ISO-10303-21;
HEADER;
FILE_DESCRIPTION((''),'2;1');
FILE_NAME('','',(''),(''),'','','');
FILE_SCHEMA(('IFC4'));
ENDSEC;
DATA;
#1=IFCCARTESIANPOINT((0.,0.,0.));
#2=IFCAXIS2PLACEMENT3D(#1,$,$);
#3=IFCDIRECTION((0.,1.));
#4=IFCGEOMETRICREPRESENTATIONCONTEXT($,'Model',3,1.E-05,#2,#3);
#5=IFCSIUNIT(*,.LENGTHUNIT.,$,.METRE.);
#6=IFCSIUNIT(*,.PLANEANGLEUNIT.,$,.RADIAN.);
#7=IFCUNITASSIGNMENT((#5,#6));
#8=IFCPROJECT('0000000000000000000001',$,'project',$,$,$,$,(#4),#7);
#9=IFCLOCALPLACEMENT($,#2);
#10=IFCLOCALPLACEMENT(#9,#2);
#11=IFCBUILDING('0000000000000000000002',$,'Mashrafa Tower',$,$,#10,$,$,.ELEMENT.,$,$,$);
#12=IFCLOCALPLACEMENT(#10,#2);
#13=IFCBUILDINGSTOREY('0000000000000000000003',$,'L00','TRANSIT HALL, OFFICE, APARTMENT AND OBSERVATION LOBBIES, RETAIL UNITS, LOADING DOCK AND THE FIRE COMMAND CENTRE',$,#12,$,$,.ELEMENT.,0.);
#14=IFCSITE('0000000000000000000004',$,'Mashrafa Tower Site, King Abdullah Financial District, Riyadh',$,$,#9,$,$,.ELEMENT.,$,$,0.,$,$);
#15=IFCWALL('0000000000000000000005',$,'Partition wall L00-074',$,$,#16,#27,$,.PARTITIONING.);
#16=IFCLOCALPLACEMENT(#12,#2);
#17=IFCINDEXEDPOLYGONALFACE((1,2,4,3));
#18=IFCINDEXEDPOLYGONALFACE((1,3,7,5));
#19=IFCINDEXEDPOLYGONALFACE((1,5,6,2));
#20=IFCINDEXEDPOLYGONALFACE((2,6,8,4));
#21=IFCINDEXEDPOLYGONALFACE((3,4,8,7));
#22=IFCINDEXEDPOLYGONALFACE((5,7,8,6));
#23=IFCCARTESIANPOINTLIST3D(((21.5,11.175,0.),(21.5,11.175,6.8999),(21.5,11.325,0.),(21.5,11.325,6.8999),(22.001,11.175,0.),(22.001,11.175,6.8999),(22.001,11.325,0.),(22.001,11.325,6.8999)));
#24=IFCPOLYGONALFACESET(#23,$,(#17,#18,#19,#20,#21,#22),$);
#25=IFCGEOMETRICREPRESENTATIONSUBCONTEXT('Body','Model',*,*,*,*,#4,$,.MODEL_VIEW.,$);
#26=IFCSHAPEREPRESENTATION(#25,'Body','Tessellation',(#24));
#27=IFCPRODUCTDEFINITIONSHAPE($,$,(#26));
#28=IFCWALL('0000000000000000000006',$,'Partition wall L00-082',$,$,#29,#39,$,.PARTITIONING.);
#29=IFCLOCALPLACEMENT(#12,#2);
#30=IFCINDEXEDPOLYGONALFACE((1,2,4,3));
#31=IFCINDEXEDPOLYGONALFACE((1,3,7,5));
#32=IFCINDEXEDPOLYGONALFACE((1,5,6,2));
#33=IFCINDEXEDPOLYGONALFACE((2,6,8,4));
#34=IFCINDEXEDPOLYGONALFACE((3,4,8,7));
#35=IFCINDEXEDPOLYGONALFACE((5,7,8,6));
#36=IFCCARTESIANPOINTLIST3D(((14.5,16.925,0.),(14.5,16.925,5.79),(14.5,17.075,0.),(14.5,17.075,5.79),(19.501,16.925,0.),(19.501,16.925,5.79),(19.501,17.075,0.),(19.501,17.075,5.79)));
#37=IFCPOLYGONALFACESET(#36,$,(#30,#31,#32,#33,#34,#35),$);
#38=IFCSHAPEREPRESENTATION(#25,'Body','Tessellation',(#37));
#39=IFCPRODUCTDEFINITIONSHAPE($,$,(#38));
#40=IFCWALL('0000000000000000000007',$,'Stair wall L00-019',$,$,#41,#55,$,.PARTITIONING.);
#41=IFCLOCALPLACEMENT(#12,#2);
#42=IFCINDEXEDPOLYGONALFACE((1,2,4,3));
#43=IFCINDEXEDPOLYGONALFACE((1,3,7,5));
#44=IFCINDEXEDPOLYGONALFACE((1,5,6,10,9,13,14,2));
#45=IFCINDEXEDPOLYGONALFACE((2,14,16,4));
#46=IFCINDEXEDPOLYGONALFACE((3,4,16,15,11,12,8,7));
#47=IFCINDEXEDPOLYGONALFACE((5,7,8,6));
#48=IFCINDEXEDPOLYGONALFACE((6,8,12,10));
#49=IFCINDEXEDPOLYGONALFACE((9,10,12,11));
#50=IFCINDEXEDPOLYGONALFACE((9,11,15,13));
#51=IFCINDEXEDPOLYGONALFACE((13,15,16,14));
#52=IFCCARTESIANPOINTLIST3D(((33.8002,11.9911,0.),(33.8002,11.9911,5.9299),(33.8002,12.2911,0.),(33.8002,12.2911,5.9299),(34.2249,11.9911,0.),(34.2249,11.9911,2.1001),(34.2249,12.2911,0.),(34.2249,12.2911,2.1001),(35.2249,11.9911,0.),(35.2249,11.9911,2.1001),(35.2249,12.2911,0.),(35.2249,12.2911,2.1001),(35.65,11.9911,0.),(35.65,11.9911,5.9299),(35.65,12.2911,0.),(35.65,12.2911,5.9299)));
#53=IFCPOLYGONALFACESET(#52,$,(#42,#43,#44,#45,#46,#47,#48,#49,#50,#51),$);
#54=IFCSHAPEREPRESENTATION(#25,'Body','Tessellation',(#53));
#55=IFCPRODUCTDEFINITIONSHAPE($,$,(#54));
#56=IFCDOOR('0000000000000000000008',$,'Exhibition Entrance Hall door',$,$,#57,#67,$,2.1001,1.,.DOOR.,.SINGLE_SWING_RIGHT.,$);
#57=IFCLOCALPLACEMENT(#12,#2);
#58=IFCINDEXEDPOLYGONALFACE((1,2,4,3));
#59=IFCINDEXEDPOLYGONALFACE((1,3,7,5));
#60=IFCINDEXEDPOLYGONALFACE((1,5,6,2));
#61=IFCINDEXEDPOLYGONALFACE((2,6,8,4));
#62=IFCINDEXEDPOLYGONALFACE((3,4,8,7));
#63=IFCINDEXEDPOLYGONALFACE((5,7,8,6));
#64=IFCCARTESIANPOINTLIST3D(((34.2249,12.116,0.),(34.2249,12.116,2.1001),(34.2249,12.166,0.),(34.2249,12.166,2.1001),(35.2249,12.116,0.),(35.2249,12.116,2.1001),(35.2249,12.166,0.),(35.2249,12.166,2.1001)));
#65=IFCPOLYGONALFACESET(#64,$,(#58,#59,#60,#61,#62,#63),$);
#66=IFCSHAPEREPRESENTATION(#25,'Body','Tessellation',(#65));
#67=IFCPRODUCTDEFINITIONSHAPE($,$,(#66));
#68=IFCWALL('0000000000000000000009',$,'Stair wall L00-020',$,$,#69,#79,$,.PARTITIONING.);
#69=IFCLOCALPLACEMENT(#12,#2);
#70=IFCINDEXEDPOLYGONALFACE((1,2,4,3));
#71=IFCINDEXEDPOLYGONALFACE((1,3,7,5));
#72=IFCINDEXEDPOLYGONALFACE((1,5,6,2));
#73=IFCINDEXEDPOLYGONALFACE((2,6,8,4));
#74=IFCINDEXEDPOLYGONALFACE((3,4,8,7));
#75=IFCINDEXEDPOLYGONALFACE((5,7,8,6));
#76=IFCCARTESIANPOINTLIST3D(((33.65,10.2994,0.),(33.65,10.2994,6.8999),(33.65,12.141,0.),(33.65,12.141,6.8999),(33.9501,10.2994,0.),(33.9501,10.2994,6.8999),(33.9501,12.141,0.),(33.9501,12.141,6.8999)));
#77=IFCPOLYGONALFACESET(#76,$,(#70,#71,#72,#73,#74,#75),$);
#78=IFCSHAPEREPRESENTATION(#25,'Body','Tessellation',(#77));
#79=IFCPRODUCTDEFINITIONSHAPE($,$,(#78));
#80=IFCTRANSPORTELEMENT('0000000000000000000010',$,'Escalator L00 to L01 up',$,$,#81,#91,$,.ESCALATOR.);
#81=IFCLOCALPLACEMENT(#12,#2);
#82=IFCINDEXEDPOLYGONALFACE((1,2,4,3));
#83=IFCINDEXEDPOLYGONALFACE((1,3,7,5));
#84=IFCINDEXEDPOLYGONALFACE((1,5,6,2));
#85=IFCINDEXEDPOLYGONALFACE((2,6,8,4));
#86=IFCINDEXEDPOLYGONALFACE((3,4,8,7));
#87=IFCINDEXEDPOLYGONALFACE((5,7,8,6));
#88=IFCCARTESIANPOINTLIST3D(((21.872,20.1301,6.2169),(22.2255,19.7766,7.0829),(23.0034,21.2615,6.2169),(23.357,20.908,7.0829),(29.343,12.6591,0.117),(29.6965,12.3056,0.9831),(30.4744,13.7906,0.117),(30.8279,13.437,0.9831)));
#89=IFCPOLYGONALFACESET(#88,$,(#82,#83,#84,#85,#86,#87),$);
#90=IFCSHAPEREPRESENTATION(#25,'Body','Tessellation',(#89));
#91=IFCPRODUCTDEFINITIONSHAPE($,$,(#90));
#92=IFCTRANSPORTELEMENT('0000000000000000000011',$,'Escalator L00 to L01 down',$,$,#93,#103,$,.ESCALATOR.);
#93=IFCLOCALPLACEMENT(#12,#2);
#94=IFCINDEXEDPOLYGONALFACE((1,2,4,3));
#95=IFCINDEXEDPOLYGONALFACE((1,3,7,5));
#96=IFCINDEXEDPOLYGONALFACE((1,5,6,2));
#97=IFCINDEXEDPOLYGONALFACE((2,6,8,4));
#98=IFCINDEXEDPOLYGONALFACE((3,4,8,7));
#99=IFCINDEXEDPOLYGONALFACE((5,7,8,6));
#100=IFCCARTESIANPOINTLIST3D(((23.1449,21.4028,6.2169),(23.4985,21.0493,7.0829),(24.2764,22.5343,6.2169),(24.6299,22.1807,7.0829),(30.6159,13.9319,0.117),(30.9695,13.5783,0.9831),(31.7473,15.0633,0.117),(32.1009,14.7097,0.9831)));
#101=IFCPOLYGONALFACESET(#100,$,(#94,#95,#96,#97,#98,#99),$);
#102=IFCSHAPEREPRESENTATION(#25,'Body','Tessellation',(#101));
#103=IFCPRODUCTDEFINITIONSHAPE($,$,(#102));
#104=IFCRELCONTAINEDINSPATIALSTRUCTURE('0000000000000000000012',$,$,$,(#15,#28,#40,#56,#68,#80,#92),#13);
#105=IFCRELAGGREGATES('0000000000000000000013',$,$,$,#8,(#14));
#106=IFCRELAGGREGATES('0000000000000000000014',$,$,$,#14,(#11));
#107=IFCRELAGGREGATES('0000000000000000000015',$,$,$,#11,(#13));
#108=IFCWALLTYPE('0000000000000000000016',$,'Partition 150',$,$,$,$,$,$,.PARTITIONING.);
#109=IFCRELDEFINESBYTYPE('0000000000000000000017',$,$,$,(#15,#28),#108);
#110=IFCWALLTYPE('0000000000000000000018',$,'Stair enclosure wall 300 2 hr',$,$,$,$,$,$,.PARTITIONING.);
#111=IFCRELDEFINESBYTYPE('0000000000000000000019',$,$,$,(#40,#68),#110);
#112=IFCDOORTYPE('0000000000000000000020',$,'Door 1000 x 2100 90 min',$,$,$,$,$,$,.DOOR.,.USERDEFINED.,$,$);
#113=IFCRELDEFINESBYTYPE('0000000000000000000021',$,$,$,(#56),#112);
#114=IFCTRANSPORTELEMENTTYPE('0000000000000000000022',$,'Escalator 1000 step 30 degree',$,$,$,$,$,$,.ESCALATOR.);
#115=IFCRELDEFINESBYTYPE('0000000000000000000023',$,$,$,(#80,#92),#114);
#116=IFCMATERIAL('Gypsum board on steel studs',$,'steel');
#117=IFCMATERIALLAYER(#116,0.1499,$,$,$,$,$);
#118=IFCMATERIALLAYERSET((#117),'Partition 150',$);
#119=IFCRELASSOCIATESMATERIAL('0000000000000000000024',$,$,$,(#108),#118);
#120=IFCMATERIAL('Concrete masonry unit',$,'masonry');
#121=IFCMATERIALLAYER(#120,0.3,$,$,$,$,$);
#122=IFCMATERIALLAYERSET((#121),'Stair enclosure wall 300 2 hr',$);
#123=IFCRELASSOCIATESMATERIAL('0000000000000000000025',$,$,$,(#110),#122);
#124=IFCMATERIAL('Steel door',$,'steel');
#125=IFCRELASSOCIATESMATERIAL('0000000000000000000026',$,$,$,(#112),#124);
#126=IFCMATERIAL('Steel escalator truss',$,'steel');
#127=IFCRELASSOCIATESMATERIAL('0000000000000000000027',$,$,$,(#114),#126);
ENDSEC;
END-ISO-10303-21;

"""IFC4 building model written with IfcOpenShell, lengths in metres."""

from ifc_helpers import new_model, si_unit, direction, frame, frame_2d, origin, origin_2d, place, context, subcontext, project, spatial, rectangle, extrude, material, layer, layer_set, type_object, element, fill, save


model = new_model("IFC4")

# Units and contexts
model_context = context("Model", 3, precision=1e-05, world=origin(), true_north=direction((0.0, 1.0)))
body_context = subcontext(model_context, "Body", "Model", "MODEL_VIEW")
ifc_project = project(units=[si_unit("LENGTHUNIT", "METRE"), si_unit("PLANEANGLEUNIT", "RADIAN")], contexts=[model_context])

# Site, building, storey
site_placement = place(None, origin())
site = spatial("IfcSite", under=ifc_project, at=site_placement, Name="Mashrafa Tower Site, King Abdullah Financial District, Riyadh", CompositionType="ELEMENT", RefElevation=0.0)
building_placement = place(site_placement, origin())
building = spatial("IfcBuilding", under=site, at=building_placement, Name="Mashrafa Tower", CompositionType="ELEMENT")
storey_placement = place(building_placement, origin())
storey = spatial("IfcBuildingStorey", under=building, at=storey_placement, Name="L00", Description="TRANSIT HALL, OFFICE, APARTMENT AND OBSERVATION LOBBIES, RETAIL UNITS, LOADING DOCK AND THE FIRE COMMAND CENTRE", CompositionType="ELEMENT", Elevation=0.0)

# Walls
ifc_material_1 = material(Name="Gypsum board on steel studs", Category="steel")
ifc_layer_1 = layer(ifc_material_1, 0.1499)
ifc_layer_set_1 = layer_set([ifc_layer_1], Name="Partition 150")
wall_type_1 = type_object("IfcWallType", Name="Partition 150", PredefinedType="PARTITIONING", material=ifc_layer_set_1)
wall_1_placement = place(storey_placement, frame((22.001, 11.25, 0.0), z_axis=(0.0, 0.0, 1.0), x_axis=(-1.0, 0.0, 0.0)))
element("IfcWall", 1, at=wall_1_placement, inside=storey, type_object=wall_type_1, Name="Partition wall L00-074", PredefinedType="PARTITIONING", context=body_context, shape_type="SweptSolid", body=[
    extrude(rectangle(XDim=0.501, YDim=0.1499, at=frame_2d((0.2505, 0.0))), origin(), (0.0, 0.0, 1.0), 6.8999),
])
wall_2_placement = place(storey_placement, frame((19.501, 17.0, 0.0), z_axis=(0.0, 0.0, 1.0), x_axis=(-1.0, 0.0, 0.0)))
element("IfcWall", 2, at=wall_2_placement, inside=storey, type_object=wall_type_1, Name="Partition wall L00-082", PredefinedType="PARTITIONING", context=body_context, shape_type="SweptSolid", body=[
    extrude(rectangle(XDim=5.001, YDim=0.1499, at=frame_2d((2.5005, 0.0))), origin(), (0.0, 0.0, 1.0), 5.79),
])

# Wall, opening, door
ifc_material_2 = material(Name="Concrete masonry unit", Category="masonry")
ifc_layer_2 = layer(ifc_material_2, 0.3)
ifc_layer_set_2 = layer_set([ifc_layer_2], Name="Stair enclosure wall 300 2 hr")
wall_type_2 = type_object("IfcWallType", Name="Stair enclosure wall 300 2 hr", PredefinedType="PARTITIONING", material=ifc_layer_set_2)
wall_3_placement = place(storey_placement, frame((35.6499, 12.1411, 0.0), z_axis=(0.0, 0.0, 1.0), x_axis=(-1.0, 0.0, 0.0)))
wall_3 = element("IfcWall", 3, at=wall_3_placement, inside=storey, type_object=wall_type_2, Name="Stair wall L00-019", PredefinedType="PARTITIONING", context=body_context, shape_type="SweptSolid", body=[
    extrude(rectangle(XDim=1.8499, YDim=0.3, at=frame_2d((0.9248, 0.0))), origin(), (0.0, 0.0, 1.0), 5.9299),
])
opening_1_placement = place(wall_3_placement, frame((0.425, 0.0, 0.0)))
opening_1 = element("IfcOpeningElement", 4, at=opening_1_placement, cuts=wall_3, PredefinedType="OPENING", context=body_context, shape_type="SweptSolid", body=[
    extrude(rectangle(XDim=1.0, YDim=2.1001, at=frame_2d((0.5, 1.05))), frame((0.0, 0.1599, 0.0), z_axis=(0.0, -1.0, 0.0), x_axis=(1.0, 0.0, 0.0)), (0.0, 0.0, 1.0), 0.3201),
])
ifc_material_3 = material(Name="Steel door", Category="steel")
door_type_1 = type_object("IfcDoorType", Name="Door 1000 x 2100 90 min", OperationType="USERDEFINED", PredefinedType="DOOR", material=ifc_material_3)
door_1_placement = place(opening_1_placement, frame((1.0, 0.0, 0.0), z_axis=(0.0, 0.0, 1.0), x_axis=(-1.0, 0.0, 0.0)))
door_1 = element("IfcDoor", 5, at=door_1_placement, inside=storey, type_object=door_type_1, Name="Exhibition Entrance Hall door", OperationType="SINGLE_SWING_RIGHT", OverallHeight=2.1001, OverallWidth=1.0, PredefinedType="DOOR", context=body_context, shape_type="SweptSolid", body=[
    extrude(rectangle(XDim=1.0, YDim=2.1001, at=frame_2d((0.5, 1.05))), frame((0.0, 0.0249, 0.0), z_axis=(0.0, -1.0, 0.0), x_axis=(1.0, 0.0, 0.0)), (0.0, 0.0, 1.0), 0.05),
])
fill(opening_1, door_1)

# Wall
wall_4_placement = place(storey_placement, frame((33.8, 12.1411, 0.0), z_axis=(0.0, 0.0, 1.0), x_axis=(0.0, -1.0, 0.0)))
element("IfcWall", 6, at=wall_4_placement, inside=storey, type_object=wall_type_2, Name="Stair wall L00-020", PredefinedType="PARTITIONING", context=body_context, shape_type="SweptSolid", body=[
    extrude(rectangle(XDim=1.8416, YDim=0.3, at=frame_2d((0.9209, 0.0))), origin(), (0.0, 0.0, 1.0), 6.8999),
])

# Transport elements
ifc_material_4 = material(Name="Steel escalator truss", Category="steel")
transport_element_type = type_object("IfcTransportElementType", Name="Escalator 1000 step 30 degree", PredefinedType="ESCALATOR", material=ifc_material_4)
for number, where, z_axis, x_axis, name in (
    (7, (30.0854, 13.0481, 0.55), (-0.612376, 0.612376, 0.499991), (-0.707107, -0.707107, 0.0), "Escalator L00 to L01 up"),
    (8, (31.3584, 14.3208, 0.55), (-0.612376, 0.612376, 0.499991), (-0.707107, -0.707107, 0.0), "Escalator L00 to L01 down"),
):
    element("IfcTransportElement", number, at=place(storey_placement, frame(where, z_axis=z_axis, x_axis=x_axis)), inside=storey, type_object=transport_element_type, Name=name, PredefinedType="ESCALATOR", context=body_context, shape_type="SweptSolid", body=[
        extrude(rectangle(XDim=1.6001, YDim=1.0, at=origin_2d()), origin(), (0.0, 0.0, 1.0), 12.2),
    ])

save(model, "model.ifc")
